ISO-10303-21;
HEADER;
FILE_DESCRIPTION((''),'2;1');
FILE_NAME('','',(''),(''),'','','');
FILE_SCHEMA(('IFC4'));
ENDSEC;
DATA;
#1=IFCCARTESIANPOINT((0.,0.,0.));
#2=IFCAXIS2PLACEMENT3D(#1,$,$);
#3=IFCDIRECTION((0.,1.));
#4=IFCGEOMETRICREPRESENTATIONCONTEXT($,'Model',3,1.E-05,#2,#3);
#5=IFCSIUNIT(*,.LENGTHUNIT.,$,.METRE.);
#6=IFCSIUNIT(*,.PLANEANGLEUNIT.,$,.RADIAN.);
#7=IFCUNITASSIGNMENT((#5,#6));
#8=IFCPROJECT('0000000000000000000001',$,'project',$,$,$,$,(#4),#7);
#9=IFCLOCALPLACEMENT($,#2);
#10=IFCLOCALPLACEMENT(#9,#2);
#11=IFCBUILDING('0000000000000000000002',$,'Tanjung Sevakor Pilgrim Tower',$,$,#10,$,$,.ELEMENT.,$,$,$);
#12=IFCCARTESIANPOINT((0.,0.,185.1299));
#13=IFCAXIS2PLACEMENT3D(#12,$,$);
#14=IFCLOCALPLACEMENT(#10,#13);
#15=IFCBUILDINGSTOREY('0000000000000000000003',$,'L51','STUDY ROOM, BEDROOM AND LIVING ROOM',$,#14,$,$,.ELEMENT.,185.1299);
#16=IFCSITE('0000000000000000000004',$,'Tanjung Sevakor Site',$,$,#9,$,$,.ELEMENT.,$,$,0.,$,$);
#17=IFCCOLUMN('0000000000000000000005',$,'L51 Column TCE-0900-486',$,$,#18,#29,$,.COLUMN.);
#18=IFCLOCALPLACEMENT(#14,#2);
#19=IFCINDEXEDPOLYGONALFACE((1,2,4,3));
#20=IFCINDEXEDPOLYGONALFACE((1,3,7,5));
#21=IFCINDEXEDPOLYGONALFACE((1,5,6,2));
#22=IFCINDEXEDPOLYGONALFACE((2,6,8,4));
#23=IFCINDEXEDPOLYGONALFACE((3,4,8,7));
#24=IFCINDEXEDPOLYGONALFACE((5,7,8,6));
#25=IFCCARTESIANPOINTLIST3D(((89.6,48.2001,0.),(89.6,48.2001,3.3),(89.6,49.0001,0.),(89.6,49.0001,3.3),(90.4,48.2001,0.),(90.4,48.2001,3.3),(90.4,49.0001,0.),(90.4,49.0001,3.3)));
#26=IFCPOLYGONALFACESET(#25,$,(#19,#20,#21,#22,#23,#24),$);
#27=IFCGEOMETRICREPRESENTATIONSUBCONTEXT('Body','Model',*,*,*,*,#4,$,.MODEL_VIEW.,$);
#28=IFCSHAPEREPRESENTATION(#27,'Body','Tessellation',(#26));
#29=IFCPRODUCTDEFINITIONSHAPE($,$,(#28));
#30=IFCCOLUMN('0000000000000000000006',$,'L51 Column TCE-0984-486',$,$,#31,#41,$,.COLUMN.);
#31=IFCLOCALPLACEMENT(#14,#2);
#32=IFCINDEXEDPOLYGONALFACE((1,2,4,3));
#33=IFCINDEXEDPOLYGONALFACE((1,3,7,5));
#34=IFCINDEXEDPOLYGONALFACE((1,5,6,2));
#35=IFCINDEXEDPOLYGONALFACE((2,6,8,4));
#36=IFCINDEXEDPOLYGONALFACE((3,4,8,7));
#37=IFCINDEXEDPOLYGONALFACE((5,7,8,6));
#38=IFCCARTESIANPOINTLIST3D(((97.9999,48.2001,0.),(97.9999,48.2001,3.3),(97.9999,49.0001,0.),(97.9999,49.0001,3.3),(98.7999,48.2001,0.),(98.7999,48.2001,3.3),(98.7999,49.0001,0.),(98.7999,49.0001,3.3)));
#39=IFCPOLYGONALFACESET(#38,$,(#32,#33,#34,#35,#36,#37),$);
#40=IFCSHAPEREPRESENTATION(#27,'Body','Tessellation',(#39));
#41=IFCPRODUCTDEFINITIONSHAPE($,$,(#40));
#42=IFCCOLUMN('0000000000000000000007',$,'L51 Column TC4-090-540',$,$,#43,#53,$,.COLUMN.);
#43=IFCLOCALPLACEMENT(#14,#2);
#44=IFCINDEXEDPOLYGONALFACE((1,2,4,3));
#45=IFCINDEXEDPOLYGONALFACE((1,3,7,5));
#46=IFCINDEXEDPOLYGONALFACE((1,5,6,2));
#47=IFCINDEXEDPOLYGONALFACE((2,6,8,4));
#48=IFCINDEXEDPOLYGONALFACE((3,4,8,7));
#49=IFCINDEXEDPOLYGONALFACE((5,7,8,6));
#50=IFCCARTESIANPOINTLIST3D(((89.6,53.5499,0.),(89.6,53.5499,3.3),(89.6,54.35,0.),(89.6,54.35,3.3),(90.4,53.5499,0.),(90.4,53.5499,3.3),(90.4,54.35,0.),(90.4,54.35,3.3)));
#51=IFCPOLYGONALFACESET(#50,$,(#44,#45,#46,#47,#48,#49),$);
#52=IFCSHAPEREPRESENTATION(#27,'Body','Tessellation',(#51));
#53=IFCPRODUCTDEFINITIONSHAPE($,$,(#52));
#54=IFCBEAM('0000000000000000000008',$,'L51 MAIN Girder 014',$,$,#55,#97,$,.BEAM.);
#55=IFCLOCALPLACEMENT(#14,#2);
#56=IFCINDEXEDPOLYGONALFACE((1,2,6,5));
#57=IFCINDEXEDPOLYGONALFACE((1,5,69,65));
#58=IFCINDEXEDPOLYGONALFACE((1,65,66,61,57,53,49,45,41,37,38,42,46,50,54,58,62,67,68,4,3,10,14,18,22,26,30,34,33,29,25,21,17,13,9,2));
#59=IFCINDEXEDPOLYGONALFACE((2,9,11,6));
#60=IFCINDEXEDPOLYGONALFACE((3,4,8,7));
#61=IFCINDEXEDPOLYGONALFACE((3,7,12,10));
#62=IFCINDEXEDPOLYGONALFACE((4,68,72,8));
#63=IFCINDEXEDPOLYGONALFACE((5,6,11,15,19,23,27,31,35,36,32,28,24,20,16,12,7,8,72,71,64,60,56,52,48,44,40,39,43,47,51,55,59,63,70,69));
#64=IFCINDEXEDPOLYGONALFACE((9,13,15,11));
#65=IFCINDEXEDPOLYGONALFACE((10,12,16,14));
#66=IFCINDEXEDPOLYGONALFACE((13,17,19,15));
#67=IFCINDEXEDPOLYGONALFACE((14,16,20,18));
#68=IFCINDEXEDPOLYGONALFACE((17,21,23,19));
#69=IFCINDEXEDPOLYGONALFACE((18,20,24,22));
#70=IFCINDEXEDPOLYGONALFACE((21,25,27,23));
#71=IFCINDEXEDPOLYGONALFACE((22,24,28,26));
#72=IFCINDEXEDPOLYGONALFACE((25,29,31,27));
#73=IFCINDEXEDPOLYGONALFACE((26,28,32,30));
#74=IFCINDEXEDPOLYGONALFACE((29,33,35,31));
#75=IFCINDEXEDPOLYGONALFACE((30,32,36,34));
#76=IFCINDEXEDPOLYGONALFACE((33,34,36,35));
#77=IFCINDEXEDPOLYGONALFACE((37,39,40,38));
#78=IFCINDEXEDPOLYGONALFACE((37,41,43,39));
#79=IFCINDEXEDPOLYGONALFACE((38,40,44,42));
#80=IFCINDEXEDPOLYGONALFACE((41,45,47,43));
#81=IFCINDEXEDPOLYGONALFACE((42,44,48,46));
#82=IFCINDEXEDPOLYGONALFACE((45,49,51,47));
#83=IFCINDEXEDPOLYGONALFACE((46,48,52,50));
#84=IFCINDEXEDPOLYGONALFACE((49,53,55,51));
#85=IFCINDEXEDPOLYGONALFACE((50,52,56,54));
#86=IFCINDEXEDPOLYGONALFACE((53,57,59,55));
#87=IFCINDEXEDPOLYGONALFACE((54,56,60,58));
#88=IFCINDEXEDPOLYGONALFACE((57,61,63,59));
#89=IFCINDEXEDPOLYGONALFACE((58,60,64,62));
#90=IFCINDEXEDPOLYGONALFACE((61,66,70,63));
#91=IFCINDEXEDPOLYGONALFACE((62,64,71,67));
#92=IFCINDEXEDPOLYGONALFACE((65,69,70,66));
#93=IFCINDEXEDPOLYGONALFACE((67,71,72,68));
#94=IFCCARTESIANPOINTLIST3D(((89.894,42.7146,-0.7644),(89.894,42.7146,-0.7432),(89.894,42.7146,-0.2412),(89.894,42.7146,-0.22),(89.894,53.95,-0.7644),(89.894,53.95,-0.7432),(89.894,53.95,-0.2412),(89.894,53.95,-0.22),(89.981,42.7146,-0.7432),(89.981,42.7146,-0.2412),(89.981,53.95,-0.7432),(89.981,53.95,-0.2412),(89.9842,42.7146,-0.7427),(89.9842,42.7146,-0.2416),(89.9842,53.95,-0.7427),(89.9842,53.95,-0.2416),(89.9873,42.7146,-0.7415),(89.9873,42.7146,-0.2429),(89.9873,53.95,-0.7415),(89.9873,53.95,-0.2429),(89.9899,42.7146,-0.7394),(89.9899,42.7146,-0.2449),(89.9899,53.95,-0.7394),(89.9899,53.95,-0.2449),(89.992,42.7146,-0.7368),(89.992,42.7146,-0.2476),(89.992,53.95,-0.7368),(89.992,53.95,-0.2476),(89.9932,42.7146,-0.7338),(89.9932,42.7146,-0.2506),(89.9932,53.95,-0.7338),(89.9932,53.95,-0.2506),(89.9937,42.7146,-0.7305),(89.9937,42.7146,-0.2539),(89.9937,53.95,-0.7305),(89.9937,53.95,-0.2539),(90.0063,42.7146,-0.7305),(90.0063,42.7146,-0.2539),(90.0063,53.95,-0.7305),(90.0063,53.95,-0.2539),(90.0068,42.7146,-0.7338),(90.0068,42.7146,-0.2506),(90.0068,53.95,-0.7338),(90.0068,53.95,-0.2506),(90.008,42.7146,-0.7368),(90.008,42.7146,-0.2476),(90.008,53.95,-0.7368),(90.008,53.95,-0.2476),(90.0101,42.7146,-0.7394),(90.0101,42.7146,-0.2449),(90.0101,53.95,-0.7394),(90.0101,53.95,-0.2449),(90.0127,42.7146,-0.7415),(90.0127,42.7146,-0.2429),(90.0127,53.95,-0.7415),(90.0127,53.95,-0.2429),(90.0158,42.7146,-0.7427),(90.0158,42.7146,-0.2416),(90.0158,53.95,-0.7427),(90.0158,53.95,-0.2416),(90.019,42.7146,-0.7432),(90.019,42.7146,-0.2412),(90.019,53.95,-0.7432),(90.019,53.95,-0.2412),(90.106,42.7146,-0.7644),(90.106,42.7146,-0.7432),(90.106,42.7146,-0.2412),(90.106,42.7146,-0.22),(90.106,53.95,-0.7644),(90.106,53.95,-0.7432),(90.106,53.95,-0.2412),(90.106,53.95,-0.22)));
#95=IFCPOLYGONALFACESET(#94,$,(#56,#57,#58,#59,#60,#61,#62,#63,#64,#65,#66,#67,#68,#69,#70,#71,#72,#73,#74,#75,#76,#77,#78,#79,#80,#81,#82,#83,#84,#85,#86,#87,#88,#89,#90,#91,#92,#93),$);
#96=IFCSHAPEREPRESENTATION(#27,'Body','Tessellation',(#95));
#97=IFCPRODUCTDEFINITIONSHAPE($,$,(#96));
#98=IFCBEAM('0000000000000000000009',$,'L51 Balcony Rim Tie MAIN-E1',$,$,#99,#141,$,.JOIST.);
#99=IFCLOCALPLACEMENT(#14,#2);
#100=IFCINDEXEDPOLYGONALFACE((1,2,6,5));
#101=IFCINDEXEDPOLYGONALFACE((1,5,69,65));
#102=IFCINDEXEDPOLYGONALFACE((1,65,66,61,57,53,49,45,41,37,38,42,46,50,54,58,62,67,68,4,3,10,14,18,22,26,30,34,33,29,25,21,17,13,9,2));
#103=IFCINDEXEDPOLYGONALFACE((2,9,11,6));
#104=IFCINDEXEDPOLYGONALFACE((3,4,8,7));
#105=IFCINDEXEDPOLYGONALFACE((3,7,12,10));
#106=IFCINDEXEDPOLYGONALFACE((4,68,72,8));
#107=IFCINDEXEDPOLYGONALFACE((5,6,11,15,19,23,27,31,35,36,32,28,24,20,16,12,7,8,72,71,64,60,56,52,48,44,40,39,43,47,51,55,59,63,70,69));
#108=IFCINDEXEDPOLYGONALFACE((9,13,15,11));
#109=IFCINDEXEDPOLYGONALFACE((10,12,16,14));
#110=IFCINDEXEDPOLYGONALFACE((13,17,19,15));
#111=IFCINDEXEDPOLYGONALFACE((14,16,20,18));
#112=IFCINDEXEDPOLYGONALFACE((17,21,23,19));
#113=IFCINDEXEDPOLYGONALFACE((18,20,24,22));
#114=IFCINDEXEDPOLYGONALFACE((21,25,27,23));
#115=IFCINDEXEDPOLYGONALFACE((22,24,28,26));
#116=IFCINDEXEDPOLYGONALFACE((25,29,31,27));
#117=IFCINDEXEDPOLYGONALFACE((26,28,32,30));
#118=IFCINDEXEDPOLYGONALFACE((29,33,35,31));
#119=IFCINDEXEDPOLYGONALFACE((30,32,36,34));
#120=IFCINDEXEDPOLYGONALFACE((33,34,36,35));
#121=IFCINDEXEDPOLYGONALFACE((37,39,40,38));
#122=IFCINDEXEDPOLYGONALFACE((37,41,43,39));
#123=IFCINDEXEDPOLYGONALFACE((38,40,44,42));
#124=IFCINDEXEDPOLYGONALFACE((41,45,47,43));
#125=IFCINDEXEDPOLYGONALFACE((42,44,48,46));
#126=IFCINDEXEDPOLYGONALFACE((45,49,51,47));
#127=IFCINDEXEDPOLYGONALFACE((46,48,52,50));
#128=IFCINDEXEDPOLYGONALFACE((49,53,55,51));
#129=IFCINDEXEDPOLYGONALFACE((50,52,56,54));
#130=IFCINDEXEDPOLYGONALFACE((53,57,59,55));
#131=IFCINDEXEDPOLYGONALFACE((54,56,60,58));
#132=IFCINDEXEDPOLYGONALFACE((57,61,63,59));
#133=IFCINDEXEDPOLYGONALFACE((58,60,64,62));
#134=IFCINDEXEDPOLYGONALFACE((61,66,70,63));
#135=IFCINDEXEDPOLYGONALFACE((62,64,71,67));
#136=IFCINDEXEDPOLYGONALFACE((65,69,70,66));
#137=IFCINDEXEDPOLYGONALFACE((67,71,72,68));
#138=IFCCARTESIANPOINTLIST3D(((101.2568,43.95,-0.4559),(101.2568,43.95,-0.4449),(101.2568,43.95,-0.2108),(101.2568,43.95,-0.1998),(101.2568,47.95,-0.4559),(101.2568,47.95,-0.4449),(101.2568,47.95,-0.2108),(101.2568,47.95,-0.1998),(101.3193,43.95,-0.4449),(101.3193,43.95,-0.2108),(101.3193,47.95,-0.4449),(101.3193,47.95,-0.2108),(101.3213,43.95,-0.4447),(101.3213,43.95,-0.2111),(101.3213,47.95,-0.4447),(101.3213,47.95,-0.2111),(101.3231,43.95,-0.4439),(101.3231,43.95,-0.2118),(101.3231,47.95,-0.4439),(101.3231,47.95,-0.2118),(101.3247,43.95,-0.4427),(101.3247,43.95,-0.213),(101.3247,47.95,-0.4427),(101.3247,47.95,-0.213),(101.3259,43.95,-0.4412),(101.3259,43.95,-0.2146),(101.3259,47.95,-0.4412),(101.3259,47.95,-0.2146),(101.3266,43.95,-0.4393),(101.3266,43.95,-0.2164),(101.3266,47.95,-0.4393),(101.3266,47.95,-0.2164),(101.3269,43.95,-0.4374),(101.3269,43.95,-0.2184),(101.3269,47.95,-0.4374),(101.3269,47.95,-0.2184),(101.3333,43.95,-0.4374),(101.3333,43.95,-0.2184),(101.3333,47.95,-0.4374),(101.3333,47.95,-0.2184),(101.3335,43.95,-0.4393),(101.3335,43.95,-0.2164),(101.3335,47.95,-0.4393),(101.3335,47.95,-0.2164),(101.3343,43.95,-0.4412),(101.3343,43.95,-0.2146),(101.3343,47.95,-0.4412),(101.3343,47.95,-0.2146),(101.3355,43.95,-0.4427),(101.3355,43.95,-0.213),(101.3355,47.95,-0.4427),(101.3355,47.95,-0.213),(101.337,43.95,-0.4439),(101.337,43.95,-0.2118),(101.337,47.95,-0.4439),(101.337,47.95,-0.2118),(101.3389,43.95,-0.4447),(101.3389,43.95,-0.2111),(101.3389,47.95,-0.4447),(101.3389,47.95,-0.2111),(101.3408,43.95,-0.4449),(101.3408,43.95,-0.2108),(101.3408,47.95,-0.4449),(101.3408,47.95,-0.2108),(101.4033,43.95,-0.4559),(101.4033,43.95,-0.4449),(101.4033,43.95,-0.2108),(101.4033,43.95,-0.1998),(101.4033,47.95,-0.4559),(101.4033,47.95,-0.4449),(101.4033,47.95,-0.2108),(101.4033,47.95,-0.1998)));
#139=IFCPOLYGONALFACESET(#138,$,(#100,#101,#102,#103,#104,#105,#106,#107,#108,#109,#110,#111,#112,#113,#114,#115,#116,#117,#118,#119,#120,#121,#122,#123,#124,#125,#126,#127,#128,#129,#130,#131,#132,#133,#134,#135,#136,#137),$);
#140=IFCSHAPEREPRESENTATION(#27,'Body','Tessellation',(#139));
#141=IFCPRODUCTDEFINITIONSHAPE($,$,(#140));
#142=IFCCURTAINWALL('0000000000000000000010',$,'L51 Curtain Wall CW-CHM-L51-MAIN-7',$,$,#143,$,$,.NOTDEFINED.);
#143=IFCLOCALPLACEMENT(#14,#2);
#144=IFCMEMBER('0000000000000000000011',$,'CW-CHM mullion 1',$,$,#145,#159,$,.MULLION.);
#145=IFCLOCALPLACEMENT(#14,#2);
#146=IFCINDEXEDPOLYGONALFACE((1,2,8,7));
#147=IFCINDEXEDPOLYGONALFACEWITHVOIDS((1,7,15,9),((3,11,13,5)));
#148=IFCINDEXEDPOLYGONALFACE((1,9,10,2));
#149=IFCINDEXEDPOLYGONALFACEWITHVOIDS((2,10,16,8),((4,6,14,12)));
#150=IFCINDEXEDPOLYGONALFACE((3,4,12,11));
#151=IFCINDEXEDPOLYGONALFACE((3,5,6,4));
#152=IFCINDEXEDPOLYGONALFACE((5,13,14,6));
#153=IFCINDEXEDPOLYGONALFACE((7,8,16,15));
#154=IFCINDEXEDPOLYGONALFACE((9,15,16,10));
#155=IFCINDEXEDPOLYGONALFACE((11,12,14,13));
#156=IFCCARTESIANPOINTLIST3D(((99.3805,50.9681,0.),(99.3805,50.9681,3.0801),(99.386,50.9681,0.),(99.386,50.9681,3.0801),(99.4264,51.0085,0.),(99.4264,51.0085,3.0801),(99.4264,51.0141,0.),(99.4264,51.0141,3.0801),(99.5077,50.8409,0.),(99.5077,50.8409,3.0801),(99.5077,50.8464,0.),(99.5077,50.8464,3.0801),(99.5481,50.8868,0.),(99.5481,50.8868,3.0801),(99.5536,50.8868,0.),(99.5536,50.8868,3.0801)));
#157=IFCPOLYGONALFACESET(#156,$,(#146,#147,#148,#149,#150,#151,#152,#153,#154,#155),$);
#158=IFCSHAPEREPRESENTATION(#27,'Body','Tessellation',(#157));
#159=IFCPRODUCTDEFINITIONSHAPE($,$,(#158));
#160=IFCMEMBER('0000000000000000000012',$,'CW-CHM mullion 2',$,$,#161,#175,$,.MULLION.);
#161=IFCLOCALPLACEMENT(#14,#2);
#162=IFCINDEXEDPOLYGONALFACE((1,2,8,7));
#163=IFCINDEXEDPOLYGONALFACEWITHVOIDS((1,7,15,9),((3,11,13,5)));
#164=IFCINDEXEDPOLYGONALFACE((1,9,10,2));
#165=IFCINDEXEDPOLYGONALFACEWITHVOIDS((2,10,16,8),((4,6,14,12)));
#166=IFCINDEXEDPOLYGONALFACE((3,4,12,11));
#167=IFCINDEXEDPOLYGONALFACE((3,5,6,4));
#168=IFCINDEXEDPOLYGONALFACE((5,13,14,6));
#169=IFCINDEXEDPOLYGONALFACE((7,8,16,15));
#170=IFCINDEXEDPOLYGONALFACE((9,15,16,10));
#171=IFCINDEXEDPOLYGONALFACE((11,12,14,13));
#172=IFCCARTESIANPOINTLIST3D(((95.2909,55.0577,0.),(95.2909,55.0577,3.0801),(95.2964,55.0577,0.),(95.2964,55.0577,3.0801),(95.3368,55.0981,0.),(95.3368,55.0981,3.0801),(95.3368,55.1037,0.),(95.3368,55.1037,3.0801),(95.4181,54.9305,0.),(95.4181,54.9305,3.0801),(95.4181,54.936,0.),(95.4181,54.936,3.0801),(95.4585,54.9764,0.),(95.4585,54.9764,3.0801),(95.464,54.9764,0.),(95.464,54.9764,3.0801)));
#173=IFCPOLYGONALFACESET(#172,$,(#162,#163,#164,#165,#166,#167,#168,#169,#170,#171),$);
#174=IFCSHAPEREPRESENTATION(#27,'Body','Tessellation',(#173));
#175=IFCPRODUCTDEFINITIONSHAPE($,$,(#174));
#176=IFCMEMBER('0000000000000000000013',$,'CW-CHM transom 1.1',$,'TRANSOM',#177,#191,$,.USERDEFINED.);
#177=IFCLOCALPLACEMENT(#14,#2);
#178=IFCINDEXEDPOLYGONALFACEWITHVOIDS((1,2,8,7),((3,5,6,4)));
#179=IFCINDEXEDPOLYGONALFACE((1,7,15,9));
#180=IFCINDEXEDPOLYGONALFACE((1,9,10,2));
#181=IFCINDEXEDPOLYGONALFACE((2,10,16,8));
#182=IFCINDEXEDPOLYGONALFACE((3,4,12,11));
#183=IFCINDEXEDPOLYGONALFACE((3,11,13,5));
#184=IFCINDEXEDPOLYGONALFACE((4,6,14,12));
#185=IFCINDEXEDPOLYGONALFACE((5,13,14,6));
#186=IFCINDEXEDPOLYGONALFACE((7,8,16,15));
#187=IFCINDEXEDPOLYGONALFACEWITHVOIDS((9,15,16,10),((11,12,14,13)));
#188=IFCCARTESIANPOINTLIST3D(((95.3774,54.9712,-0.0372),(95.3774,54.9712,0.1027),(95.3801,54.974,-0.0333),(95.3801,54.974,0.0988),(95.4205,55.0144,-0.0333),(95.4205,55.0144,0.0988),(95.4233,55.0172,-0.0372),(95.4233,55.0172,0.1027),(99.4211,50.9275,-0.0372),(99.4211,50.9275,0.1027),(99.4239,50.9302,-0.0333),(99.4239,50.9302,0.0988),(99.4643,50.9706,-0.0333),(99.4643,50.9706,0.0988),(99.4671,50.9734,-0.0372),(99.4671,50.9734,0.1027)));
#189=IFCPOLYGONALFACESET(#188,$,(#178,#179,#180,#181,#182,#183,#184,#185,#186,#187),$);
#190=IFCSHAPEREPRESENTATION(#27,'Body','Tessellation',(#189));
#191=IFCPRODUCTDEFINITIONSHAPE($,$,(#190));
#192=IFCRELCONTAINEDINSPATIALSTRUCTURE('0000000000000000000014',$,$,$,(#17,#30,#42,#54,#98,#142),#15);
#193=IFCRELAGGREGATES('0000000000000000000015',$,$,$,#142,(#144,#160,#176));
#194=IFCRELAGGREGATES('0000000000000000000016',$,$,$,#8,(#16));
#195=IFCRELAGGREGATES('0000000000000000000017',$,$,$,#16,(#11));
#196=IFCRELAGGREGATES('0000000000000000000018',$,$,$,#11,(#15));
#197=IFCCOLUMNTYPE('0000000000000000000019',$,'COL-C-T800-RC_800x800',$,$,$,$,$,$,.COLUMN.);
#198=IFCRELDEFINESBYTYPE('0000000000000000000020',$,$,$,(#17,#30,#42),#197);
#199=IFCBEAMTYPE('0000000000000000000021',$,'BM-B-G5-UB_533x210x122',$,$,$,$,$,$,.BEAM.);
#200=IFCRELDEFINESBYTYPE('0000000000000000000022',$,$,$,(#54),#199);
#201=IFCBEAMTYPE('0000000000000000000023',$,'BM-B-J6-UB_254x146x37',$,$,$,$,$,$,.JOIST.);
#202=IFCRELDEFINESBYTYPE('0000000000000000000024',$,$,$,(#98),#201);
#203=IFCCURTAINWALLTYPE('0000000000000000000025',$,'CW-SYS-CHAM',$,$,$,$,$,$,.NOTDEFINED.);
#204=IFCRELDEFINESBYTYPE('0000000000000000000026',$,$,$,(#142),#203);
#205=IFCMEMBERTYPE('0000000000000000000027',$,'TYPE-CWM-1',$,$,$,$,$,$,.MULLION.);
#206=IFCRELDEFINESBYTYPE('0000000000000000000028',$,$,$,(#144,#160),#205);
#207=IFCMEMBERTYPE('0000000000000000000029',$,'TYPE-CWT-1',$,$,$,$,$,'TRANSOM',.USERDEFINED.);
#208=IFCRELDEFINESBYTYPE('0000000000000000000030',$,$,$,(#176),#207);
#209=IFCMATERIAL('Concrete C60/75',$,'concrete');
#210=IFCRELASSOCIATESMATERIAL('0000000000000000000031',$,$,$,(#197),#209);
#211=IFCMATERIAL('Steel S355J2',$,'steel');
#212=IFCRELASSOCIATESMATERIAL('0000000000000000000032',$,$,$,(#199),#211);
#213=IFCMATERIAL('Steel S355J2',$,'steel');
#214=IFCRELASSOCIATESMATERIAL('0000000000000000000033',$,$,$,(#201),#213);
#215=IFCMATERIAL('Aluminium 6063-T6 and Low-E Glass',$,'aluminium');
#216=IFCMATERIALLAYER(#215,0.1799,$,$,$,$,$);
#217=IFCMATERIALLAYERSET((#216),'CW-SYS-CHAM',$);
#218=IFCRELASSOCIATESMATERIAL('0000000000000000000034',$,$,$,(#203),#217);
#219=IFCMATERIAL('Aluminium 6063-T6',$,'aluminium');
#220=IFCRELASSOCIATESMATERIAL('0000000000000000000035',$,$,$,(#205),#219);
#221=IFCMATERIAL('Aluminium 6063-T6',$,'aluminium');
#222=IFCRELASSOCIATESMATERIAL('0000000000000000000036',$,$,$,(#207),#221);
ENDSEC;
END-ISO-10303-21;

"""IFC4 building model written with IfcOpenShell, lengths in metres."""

from ifc_helpers import new_model, si_unit, direction, frame, origin, origin_2d, place, context, subcontext, project, spatial, rectangle, hollow_rectangle, i_section, extrude, material, layer, layer_set, material_profile, profile_set, type_object, element, aggregate, save


model = new_model("IFC4")

# Units and contexts
model_context = context("Model", 3, precision=1e-05, world=origin(), true_north=direction((0.0, 1.0)))
body_context = subcontext(model_context, "Body", "Model", "MODEL_VIEW")
ifc_project = project(units=[si_unit("LENGTHUNIT", "METRE"), si_unit("PLANEANGLEUNIT", "RADIAN")], contexts=[model_context])

# Site, building, storey
site_placement = place(None, origin())
site = spatial("IfcSite", under=ifc_project, at=site_placement, Name="Tanjung Sevakor Site", CompositionType="ELEMENT", RefElevation=0.0)
building_placement = place(site_placement, origin())
building = spatial("IfcBuilding", under=site, at=building_placement, Name="Tanjung Sevakor Pilgrim Tower", CompositionType="ELEMENT")
storey_placement = place(building_placement, frame((0.0, 0.0, 185.1299)))
storey = spatial("IfcBuildingStorey", under=building, at=storey_placement, Name="L51", Description="STUDY ROOM, BEDROOM AND LIVING ROOM", CompositionType="ELEMENT", Elevation=185.1299)

# Columns
ifc_material_1 = material(Name="Concrete C60/75", Category="concrete")
ifc_material_profile_1 = material_profile(ifc_material_1, rectangle(XDim=0.8, YDim=0.8, at=origin_2d()))
ifc_profile_set_1 = profile_set([ifc_material_profile_1], Name="Concrete C60/75")
column_type = type_object("IfcColumnType", Name="COL-C-T800-RC_800x800", PredefinedType="COLUMN", material=ifc_profile_set_1)
for number, where, z_axis, x_axis, name in (
    (1, (90.0, 48.6001, 0.0), (0.0, 0.0, 1.0), (1.0, 0.0, 0.0), "L51 Column TCE-0900-486"),
    (2, (98.3999, 48.6001, 0.0), (0.0, 0.0, 1.0), (1.0, 0.0, 0.0), "L51 Column TCE-0984-486"),
    (3, (90.0, 53.95, 0.0), (0.0, 0.0, 1.0), (1.0, 0.0, 0.0), "L51 Column TC4-090-540"),
):
    element("IfcColumn", number, at=place(storey_placement, frame(where, z_axis=z_axis, x_axis=x_axis)), inside=storey, type_object=column_type, Name=name, PredefinedType="COLUMN", context=body_context, shape_type="SweptSolid", body=[
        extrude(rectangle(XDim=0.8, YDim=0.8, at=origin_2d()), origin(), (0.0, 0.0, 1.0), 3.3),
    ])

# Beams
ifc_material_2 = material(Name="Steel S355J2", Category="steel")
ifc_material_profile_2 = material_profile(ifc_material_2, i_section(OverallWidth=0.2119, OverallDepth=0.5444, WebThickness=0.0127, FlangeThickness=0.0212, FilletRadius=0.0127, at=origin_2d()))
ifc_profile_set_2 = profile_set([ifc_material_profile_2], Name="Steel S355J2")
beam_type_1 = type_object("IfcBeamType", Name="BM-B-G5-UB_533x210x122", PredefinedType="BEAM", material=ifc_profile_set_2)
beam_1_placement = place(storey_placement, frame((90.0, 42.7146, -0.4922), z_axis=(0.0, 1.0, 0.0), x_axis=(-1.0, 0.0, 0.0)))
element("IfcBeam", 4, at=beam_1_placement, inside=storey, type_object=beam_type_1, Name="L51 MAIN Girder 014", PredefinedType="BEAM", context=body_context, shape_type="SweptSolid", body=[
    extrude(i_section(OverallWidth=0.2119, OverallDepth=0.5444, WebThickness=0.0127, FlangeThickness=0.0212, FilletRadius=0.0127, at=origin_2d()), origin(), (0.0, 0.0, 1.0), 11.2354),
])
ifc_material_3 = material(Name="Steel S355J2", Category="steel")
ifc_material_profile_3 = material_profile(ifc_material_3, i_section(OverallWidth=0.1465, OverallDepth=0.2561, WebThickness=0.0063, FlangeThickness=0.011, FilletRadius=0.0076, at=origin_2d()))
ifc_profile_set_3 = profile_set([ifc_material_profile_3], Name="Steel S355J2")
beam_type_2 = type_object("IfcBeamType", Name="BM-B-J6-UB_254x146x37", PredefinedType="JOIST", material=ifc_profile_set_3)
beam_2_placement = place(storey_placement, frame((101.3301, 43.95, -0.3279), z_axis=(0.0, 1.0, 0.0), x_axis=(-1.0, 0.0, 0.0)))
element("IfcBeam", 5, at=beam_2_placement, inside=storey, type_object=beam_type_2, Name="L51 Balcony Rim Tie MAIN-E1", PredefinedType="JOIST", context=body_context, shape_type="SweptSolid", body=[
    extrude(i_section(OverallWidth=0.1465, OverallDepth=0.2561, WebThickness=0.0063, FlangeThickness=0.011, FilletRadius=0.0076, at=origin_2d()), origin(), (0.0, 0.0, 1.0), 4.0),
])

# Curtain wall, members
ifc_material_4 = material(Name="Aluminium 6063-T6 and Low-E Glass", Category="aluminium")
ifc_layer_1 = layer(ifc_material_4, 0.1799)
ifc_layer_set_1 = layer_set([ifc_layer_1], Name="CW-SYS-CHAM")
curtain_wall_type = type_object("IfcCurtainWallType", Name="CW-SYS-CHAM", PredefinedType="NOTDEFINED", material=ifc_layer_set_1)
curtain_wall_placement = place(storey_placement, origin())
curtain_wall = element("IfcCurtainWall", 6, at=curtain_wall_placement, inside=storey, type_object=curtain_wall_type, Name="L51 Curtain Wall CW-CHM-L51-MAIN-7", PredefinedType="NOTDEFINED")
ifc_material_5 = material(Name="Aluminium 6063-T6", Category="aluminium")
ifc_material_profile_4 = material_profile(ifc_material_5, hollow_rectangle(XDim=0.0649, YDim=0.1799, WallThickness=0.0039, at=origin_2d()))
ifc_profile_set_4 = profile_set([ifc_material_profile_4], Name="Aluminium 6063-T6")
member_type_1 = type_object("IfcMemberType", Name="TYPE-CWM-1", PredefinedType="MULLION", material=ifc_profile_set_4)
member_1_placement = place(storey_placement, frame((99.467, 50.9275, 0.0), z_axis=(0.0, 0.0, 1.0), x_axis=(-0.707107, -0.707107, 0.0)))
member_1 = element("IfcMember", 7, at=member_1_placement, type_object=member_type_1, Name="CW-CHM mullion 1", PredefinedType="MULLION", context=body_context, shape_type="SweptSolid", body=[
    extrude(hollow_rectangle(XDim=0.0649, YDim=0.1799, WallThickness=0.0039, at=origin_2d()), origin(), (0.0, 0.0, 1.0), 3.0801),
])
member_2_placement = place(storey_placement, frame((95.3774, 55.0171, 0.0), z_axis=(0.0, 0.0, 1.0), x_axis=(-0.707107, -0.707107, 0.0)))
member_2 = element("IfcMember", 8, at=member_2_placement, type_object=member_type_1, Name="CW-CHM mullion 2", PredefinedType="MULLION", context=body_context, shape_type="SweptSolid", body=[
    extrude(hollow_rectangle(XDim=0.0649, YDim=0.1799, WallThickness=0.0039, at=origin_2d()), origin(), (0.0, 0.0, 1.0), 3.0801),
])
ifc_material_6 = material(Name="Aluminium 6063-T6", Category="aluminium")
ifc_material_profile_5 = material_profile(ifc_material_6, hollow_rectangle(XDim=0.0649, YDim=0.1399, WallThickness=0.0039, at=origin_2d()))
ifc_profile_set_5 = profile_set([ifc_material_profile_5], Name="Aluminium 6063-T6")
member_type_2 = type_object("IfcMemberType", Name="TYPE-CWT-1", ElementType="TRANSOM", PredefinedType="USERDEFINED", material=ifc_profile_set_5)
member_3_placement = place(storey_placement, frame((99.4441, 50.9504, 0.0327), z_axis=(-0.707107, 0.707107, 0.0), x_axis=(-0.707107, -0.707107, 0.0)))
member_3 = element("IfcMember", 9, at=member_3_placement, type_object=member_type_2, Name="CW-CHM transom 1.1", ObjectType="TRANSOM", PredefinedType="USERDEFINED", context=body_context, shape_type="SweptSolid", body=[
    extrude(hollow_rectangle(XDim=0.0649, YDim=0.1399, WallThickness=0.0039, at=origin_2d()), origin(), (0.0, 0.0, 1.0), 5.7188),
])
aggregate(curtain_wall, [member_1, member_2, member_3])

save(model, "model.ifc")
